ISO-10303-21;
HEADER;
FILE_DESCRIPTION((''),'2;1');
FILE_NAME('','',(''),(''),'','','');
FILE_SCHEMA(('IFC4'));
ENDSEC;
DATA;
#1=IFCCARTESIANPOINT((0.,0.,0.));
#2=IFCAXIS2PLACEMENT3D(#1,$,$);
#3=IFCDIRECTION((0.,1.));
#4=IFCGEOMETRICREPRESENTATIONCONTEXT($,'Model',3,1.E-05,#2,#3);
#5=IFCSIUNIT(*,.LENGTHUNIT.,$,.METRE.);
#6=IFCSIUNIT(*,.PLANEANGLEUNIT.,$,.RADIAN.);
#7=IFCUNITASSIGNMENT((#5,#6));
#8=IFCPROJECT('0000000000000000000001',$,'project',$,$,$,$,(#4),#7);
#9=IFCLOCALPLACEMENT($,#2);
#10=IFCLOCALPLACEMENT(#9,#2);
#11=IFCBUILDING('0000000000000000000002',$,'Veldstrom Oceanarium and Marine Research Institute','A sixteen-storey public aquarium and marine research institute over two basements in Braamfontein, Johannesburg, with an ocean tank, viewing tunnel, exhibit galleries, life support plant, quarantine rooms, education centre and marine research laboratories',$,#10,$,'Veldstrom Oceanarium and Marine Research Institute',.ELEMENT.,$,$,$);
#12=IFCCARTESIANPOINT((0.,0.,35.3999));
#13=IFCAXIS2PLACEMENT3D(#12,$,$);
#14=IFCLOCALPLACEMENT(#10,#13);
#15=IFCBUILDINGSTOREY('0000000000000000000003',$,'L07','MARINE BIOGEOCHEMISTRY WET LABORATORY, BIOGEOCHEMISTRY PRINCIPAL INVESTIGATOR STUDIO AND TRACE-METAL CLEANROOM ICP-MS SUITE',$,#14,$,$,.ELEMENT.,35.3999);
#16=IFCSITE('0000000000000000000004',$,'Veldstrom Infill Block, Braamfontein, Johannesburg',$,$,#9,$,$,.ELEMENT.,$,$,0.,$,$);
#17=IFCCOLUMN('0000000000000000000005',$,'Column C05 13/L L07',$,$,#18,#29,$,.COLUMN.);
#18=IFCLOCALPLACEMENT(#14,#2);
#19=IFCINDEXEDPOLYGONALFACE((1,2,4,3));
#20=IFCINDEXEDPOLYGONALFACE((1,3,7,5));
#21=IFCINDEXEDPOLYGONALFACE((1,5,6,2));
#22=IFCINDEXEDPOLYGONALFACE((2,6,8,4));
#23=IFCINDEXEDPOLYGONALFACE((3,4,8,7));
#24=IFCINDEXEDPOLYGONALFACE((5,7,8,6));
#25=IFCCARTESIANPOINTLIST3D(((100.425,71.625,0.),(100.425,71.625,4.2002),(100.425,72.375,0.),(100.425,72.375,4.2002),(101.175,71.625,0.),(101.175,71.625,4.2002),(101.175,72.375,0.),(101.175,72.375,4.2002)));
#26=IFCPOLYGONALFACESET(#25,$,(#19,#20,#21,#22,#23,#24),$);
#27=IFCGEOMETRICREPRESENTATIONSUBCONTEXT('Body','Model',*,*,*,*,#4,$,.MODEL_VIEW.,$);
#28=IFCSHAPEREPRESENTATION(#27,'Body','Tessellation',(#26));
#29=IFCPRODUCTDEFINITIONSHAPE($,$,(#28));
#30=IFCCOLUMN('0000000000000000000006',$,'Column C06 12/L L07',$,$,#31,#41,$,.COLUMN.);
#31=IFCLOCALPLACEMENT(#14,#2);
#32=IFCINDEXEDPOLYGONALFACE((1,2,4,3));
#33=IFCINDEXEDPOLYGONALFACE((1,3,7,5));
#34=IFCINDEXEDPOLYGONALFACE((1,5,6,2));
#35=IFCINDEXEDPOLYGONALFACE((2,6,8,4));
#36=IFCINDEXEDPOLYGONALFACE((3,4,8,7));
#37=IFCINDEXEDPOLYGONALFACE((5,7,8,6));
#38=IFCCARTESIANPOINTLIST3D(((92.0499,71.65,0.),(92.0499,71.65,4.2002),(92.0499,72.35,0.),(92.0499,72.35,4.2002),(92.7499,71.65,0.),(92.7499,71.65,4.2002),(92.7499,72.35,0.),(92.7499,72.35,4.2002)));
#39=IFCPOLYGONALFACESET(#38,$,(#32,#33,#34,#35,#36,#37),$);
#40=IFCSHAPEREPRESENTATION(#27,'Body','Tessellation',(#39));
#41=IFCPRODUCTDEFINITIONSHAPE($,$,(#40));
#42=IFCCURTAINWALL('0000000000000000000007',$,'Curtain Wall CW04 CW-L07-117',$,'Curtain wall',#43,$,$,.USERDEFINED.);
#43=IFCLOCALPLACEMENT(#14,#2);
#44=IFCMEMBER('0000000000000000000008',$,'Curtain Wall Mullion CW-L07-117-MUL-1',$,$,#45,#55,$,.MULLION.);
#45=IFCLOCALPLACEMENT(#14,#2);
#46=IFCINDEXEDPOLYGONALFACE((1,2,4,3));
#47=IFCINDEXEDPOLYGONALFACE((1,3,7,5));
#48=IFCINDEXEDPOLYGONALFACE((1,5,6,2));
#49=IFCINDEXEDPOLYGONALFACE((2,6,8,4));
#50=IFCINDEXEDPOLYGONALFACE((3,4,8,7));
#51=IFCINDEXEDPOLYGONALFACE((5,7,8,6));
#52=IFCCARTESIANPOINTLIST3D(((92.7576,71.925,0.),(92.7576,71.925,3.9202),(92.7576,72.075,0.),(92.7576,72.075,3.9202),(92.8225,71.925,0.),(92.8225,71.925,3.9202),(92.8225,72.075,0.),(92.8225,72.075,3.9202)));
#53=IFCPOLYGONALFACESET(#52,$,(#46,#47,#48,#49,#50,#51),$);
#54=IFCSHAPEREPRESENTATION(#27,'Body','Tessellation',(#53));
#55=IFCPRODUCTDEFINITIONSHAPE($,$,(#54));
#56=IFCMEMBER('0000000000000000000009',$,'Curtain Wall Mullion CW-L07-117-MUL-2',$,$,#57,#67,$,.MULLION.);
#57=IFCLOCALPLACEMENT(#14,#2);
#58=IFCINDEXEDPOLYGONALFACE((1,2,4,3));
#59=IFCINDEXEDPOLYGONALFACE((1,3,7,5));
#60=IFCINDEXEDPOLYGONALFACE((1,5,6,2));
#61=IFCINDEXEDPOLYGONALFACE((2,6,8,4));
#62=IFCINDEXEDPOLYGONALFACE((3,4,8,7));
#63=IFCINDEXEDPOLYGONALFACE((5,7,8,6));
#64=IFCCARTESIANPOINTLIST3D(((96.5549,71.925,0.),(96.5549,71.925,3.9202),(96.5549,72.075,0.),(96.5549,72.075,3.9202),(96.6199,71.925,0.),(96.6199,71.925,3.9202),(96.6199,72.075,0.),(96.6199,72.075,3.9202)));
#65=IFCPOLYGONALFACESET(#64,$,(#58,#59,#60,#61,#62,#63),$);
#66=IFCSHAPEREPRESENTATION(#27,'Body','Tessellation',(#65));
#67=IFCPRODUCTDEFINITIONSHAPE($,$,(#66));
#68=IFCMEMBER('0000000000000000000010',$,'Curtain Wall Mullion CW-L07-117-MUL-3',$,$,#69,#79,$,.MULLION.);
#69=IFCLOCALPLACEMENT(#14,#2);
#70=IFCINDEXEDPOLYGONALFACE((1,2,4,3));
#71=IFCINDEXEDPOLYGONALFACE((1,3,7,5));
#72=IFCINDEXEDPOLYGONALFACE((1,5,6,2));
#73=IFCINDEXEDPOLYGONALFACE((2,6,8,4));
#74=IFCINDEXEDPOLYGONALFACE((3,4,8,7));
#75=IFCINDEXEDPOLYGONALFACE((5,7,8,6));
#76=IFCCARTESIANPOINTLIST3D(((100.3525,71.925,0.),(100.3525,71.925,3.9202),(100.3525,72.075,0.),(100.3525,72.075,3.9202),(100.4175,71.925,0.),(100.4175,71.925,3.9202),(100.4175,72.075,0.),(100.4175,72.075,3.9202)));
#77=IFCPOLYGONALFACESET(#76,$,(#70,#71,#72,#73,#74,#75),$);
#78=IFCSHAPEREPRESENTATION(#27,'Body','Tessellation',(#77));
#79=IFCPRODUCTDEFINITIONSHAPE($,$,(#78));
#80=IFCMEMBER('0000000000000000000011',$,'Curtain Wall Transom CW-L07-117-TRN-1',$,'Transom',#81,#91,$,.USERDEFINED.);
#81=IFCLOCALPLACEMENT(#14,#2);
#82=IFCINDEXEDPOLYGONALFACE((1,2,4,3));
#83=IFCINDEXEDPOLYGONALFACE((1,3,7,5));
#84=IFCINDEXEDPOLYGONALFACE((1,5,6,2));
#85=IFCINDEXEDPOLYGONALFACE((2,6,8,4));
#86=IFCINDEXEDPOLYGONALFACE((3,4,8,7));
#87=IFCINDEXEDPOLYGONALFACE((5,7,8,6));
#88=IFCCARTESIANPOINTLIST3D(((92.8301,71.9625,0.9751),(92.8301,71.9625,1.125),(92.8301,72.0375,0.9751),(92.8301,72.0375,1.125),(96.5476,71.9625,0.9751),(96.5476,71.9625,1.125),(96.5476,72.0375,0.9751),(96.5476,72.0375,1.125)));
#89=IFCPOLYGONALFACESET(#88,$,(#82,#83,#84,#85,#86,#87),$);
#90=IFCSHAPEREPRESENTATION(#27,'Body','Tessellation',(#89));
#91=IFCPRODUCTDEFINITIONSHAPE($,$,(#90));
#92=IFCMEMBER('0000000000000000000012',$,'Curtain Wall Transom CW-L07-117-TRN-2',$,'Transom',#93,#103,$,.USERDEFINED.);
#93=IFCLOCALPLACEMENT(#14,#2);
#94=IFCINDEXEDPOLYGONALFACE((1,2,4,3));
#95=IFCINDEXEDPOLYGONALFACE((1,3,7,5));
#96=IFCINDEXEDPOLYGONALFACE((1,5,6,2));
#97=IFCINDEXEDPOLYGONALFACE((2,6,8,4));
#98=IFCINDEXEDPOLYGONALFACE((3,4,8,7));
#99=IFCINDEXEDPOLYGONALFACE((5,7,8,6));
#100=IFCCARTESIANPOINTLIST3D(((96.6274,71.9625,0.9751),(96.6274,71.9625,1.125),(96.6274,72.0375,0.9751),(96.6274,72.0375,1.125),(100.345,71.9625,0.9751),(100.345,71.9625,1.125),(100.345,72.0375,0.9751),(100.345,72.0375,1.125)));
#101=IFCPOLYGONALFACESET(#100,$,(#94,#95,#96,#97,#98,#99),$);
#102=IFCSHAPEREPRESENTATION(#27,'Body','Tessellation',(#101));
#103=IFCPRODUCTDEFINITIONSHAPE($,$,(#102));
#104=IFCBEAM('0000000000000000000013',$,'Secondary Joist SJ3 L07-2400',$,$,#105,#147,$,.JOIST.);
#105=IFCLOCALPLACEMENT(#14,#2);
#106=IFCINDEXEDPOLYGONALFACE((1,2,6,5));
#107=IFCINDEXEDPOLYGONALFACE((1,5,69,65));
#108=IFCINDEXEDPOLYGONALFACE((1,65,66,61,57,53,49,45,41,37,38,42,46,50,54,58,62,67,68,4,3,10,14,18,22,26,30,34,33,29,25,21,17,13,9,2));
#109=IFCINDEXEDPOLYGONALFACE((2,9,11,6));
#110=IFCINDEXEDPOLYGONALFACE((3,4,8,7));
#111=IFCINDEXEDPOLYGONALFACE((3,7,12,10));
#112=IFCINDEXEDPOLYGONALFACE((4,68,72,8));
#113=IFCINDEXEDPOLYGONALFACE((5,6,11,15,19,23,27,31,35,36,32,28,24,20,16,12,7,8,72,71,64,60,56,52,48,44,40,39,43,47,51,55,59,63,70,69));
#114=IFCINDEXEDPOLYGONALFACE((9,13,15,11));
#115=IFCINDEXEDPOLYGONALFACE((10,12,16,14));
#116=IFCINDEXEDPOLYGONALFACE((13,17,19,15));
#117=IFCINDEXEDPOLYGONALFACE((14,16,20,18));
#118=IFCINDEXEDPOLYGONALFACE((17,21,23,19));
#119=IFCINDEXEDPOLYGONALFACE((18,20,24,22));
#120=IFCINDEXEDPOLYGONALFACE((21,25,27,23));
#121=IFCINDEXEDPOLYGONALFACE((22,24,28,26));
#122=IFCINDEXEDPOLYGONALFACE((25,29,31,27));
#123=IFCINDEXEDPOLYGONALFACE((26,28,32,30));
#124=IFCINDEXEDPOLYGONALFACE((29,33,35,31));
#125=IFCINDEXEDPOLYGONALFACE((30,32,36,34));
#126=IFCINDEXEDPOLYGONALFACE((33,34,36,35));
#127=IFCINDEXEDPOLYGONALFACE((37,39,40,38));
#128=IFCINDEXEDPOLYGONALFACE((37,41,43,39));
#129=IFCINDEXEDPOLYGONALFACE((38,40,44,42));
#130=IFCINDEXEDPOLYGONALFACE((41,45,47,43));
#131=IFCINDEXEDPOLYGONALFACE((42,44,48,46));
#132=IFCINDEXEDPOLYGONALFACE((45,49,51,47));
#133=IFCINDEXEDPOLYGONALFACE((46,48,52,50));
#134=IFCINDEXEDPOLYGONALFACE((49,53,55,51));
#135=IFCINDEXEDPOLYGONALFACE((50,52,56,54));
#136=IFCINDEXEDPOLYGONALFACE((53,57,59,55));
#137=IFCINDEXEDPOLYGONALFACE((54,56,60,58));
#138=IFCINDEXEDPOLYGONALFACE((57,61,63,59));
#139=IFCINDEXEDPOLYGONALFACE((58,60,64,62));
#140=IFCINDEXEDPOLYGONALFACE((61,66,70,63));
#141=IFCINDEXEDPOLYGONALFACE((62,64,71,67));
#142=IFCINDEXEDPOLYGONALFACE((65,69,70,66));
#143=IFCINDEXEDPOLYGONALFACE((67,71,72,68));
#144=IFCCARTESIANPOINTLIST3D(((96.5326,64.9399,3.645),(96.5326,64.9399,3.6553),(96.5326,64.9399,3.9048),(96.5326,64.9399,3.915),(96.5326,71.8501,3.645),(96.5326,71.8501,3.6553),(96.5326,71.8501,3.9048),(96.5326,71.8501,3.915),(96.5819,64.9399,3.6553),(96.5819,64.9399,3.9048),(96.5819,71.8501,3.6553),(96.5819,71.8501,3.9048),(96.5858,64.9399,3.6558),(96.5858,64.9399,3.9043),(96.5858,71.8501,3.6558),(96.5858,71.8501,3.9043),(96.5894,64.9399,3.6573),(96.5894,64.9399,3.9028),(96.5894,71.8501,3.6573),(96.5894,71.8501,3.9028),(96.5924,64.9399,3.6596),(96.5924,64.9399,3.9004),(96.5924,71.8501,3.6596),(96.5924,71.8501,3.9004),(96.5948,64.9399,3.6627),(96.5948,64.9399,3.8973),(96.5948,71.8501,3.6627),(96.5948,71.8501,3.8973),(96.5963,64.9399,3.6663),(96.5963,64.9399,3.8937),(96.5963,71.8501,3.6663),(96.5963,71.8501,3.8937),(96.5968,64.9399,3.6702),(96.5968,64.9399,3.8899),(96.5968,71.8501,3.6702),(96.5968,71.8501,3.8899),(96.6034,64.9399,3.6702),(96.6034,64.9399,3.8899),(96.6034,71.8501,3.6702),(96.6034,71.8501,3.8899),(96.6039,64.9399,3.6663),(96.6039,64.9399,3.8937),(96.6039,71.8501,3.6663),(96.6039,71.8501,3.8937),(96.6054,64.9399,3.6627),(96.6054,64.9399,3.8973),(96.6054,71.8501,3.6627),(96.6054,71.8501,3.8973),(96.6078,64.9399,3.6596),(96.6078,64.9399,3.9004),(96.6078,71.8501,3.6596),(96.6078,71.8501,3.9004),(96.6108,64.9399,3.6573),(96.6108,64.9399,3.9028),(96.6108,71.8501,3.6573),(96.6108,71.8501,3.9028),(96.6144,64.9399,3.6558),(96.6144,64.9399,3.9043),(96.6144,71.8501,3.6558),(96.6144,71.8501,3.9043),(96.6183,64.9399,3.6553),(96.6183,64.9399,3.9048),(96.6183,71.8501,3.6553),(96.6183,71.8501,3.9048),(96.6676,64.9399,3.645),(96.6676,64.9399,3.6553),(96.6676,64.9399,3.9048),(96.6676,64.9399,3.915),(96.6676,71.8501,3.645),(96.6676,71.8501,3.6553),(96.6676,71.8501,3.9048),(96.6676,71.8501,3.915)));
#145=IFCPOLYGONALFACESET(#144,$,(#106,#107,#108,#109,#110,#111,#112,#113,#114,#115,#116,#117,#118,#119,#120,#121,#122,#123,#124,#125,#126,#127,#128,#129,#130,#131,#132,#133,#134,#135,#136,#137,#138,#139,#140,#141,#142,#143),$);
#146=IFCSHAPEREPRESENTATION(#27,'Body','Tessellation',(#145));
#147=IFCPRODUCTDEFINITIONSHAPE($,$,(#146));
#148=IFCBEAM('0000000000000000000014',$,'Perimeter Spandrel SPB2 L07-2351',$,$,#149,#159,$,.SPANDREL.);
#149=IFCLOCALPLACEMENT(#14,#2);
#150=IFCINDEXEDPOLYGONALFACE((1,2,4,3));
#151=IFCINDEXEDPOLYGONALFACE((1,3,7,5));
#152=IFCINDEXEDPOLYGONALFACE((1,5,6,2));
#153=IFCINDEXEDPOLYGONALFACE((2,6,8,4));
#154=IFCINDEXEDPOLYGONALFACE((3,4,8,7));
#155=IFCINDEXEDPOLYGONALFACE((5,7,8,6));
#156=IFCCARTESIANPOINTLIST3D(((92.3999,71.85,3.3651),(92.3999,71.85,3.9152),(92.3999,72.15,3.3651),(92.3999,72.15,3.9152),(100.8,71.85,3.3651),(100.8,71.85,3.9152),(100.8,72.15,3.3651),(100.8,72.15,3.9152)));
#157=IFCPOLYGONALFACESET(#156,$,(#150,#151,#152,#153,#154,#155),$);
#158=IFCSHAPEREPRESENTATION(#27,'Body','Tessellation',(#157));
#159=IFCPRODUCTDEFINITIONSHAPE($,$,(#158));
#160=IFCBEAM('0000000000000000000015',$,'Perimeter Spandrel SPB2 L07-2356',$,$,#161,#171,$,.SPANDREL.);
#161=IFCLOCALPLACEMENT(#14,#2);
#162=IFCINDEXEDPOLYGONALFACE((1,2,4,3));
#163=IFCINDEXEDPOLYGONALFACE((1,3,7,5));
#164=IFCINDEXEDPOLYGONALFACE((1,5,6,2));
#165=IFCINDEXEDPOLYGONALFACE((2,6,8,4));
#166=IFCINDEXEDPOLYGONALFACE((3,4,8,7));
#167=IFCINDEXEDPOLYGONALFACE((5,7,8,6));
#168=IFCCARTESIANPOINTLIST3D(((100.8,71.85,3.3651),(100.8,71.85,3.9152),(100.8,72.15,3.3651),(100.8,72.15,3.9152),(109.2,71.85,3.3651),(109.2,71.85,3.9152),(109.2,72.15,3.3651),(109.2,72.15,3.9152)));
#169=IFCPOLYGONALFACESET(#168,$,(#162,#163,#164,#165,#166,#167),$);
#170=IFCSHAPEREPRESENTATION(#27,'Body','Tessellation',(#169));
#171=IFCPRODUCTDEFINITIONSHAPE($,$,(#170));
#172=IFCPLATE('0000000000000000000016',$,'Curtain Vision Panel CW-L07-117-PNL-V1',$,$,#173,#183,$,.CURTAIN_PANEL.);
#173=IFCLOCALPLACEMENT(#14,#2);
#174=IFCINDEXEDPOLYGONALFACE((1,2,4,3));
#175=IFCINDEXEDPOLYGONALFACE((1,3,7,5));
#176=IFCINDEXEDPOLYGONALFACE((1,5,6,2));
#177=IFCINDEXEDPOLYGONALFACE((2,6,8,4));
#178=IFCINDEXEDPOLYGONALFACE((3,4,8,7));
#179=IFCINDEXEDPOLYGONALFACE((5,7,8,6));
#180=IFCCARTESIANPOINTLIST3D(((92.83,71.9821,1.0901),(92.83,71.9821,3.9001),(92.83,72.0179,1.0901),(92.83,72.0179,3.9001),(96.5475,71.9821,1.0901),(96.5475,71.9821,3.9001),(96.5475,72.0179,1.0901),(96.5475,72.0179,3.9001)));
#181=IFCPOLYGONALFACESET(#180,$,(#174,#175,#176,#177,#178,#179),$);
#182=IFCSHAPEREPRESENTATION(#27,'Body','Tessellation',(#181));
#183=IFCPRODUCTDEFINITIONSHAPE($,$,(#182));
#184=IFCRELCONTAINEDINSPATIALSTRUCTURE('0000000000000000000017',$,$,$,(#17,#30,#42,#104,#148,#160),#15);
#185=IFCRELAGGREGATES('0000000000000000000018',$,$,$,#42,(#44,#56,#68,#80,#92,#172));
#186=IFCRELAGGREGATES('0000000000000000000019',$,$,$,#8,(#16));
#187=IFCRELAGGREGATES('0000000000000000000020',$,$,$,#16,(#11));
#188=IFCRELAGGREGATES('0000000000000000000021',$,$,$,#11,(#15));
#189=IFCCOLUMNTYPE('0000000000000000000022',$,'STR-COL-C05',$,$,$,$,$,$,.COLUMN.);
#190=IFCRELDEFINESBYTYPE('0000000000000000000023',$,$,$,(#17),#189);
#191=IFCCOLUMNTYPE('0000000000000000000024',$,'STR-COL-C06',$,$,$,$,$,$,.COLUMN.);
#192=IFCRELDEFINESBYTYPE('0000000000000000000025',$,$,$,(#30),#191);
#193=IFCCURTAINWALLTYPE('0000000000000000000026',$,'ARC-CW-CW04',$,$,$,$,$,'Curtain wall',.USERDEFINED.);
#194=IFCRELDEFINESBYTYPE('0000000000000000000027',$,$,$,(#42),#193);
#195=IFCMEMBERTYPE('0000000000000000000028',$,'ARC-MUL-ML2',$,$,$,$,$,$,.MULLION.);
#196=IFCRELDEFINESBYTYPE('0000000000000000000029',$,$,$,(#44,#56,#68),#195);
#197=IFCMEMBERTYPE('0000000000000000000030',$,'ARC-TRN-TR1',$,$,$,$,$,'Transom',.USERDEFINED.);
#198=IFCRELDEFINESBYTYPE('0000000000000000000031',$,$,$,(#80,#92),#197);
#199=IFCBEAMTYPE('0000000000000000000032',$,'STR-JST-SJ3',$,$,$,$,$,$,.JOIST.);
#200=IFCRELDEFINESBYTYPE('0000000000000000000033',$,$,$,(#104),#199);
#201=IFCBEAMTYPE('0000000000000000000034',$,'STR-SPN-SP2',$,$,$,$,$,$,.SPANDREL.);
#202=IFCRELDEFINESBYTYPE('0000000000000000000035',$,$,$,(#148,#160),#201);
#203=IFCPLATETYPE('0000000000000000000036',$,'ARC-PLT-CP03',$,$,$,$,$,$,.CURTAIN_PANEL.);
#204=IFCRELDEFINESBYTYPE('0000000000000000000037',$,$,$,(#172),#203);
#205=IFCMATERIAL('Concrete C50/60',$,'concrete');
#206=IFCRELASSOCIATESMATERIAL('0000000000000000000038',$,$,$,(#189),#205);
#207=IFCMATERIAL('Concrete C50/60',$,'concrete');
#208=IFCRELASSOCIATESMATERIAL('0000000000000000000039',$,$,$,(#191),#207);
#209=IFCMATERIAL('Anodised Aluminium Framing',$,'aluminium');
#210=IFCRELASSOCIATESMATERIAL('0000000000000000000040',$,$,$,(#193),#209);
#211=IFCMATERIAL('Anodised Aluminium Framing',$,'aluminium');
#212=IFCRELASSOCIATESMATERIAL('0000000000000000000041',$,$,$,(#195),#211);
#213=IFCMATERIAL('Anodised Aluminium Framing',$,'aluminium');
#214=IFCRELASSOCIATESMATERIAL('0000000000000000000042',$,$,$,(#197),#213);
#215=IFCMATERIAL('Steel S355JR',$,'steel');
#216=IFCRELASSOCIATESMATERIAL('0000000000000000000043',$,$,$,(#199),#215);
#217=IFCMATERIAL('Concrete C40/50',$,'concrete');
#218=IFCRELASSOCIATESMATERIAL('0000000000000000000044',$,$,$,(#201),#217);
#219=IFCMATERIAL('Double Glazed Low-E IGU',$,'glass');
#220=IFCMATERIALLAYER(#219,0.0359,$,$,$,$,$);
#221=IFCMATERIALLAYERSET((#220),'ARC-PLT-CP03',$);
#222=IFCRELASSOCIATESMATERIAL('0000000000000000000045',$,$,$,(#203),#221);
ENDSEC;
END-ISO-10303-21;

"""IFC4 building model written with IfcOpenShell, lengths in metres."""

from ifc_helpers import new_model, si_unit, direction, frame, origin, origin_2d, place, context, subcontext, project, spatial, rectangle, i_section, extrude, material, layer, layer_set, material_profile, profile_set, type_object, element, aggregate, save


model = new_model("IFC4")

# Units and contexts
model_context = context("Model", 3, precision=1e-05, world=origin(), true_north=direction((0.0, 1.0)))
body_context = subcontext(model_context, "Body", "Model", "MODEL_VIEW")
ifc_project = project(units=[si_unit("LENGTHUNIT", "METRE"), si_unit("PLANEANGLEUNIT", "RADIAN")], contexts=[model_context])

# Site, building, storey
site_placement = place(None, origin())
site = spatial("IfcSite", under=ifc_project, at=site_placement, Name="Veldstrom Infill Block, Braamfontein, Johannesburg", CompositionType="ELEMENT", RefElevation=0.0)
building_placement = place(site_placement, origin())
building = spatial("IfcBuilding", under=site, at=building_placement, Name="Veldstrom Oceanarium and Marine Research Institute", Description="A sixteen-storey public aquarium and marine research institute over two basements in Braamfontein, Johannesburg, with an ocean tank, viewing tunnel, exhibit galleries, life support plant, quarantine rooms, education centre and marine research laboratories", LongName="Veldstrom Oceanarium and Marine Research Institute", CompositionType="ELEMENT")
storey_placement = place(building_placement, frame((0.0, 0.0, 35.3999)))
storey = spatial("IfcBuildingStorey", under=building, at=storey_placement, Name="L07", Description="MARINE BIOGEOCHEMISTRY WET LABORATORY, BIOGEOCHEMISTRY PRINCIPAL INVESTIGATOR STUDIO AND TRACE-METAL CLEANROOM ICP-MS SUITE", CompositionType="ELEMENT", Elevation=35.3999)

# Columns
ifc_material_1 = material(Name="Concrete C50/60", Category="concrete")
ifc_material_profile_1 = material_profile(ifc_material_1, rectangle(XDim=0.75, YDim=0.75, at=origin_2d()), Name="RC-COL-750x750")
ifc_profile_set_1 = profile_set([ifc_material_profile_1], Name="Concrete C50/60")
column_type_1 = type_object("IfcColumnType", Name="STR-COL-C05", PredefinedType="COLUMN", material=ifc_profile_set_1)
column_1_placement = place(storey_placement, frame((100.8, 72.0, 0.0), z_axis=(0.0, 0.0, 1.0), x_axis=(1.0, 0.0, 0.0)))
element("IfcColumn", 1, at=column_1_placement, inside=storey, type_object=column_type_1, Name="Column C05 13/L L07", PredefinedType="COLUMN", context=body_context, shape_type="SweptSolid", body=[
    extrude(rectangle(XDim=0.75, YDim=0.75, at=origin_2d()), origin(), (0.0, 0.0, 1.0), 4.2002),
])
ifc_material_2 = material(Name="Concrete C50/60", Category="concrete")
ifc_material_profile_2 = material_profile(ifc_material_2, rectangle(XDim=0.7, YDim=0.7, at=origin_2d()), Name="RC-COL-700x700")
ifc_profile_set_2 = profile_set([ifc_material_profile_2], Name="Concrete C50/60")
column_type_2 = type_object("IfcColumnType", Name="STR-COL-C06", PredefinedType="COLUMN", material=ifc_profile_set_2)
column_2_placement = place(storey_placement, frame((92.3999, 72.0, 0.0), z_axis=(0.0, 0.0, 1.0), x_axis=(1.0, 0.0, 0.0)))
element("IfcColumn", 2, at=column_2_placement, inside=storey, type_object=column_type_2, Name="Column C06 12/L L07", PredefinedType="COLUMN", context=body_context, shape_type="SweptSolid", body=[
    extrude(rectangle(XDim=0.7, YDim=0.7, at=origin_2d()), origin(), (0.0, 0.0, 1.0), 4.2002),
])

# Curtain wall, members
ifc_material_3 = material(Name="Anodised Aluminium Framing", Category="aluminium")
curtain_wall_type = type_object("IfcCurtainWallType", Name="ARC-CW-CW04", ElementType="Curtain wall", PredefinedType="USERDEFINED", material=ifc_material_3)
curtain_wall_placement = place(storey_placement, origin())
curtain_wall = element("IfcCurtainWall", 3, at=curtain_wall_placement, inside=storey, type_object=curtain_wall_type, Name="Curtain Wall CW04 CW-L07-117", ObjectType="Curtain wall", PredefinedType="USERDEFINED")
ifc_material_4 = material(Name="Anodised Aluminium Framing", Category="aluminium")
ifc_material_profile_3 = material_profile(ifc_material_4, rectangle(XDim=0.0649, YDim=0.1499, at=origin_2d()), Name="ALU-MUL-65x150")
ifc_profile_set_3 = profile_set([ifc_material_profile_3], Name="Anodised Aluminium Framing")
member_type_1 = type_object("IfcMemberType", Name="ARC-MUL-ML2", PredefinedType="MULLION", material=ifc_profile_set_3)
member_1_placement = place(storey_placement, frame((92.79, 72.0, 0.0), z_axis=(0.0, 0.0, 1.0), x_axis=(1.0, 0.0, 0.0)))
member_1 = element("IfcMember", 4, at=member_1_placement, type_object=member_type_1, Name="Curtain Wall Mullion CW-L07-117-MUL-1", PredefinedType="MULLION", context=body_context, shape_type="SweptSolid", body=[
    extrude(rectangle(XDim=0.0649, YDim=0.1499, at=origin_2d()), origin(), (0.0, 0.0, 1.0), 3.9202),
])
member_2_placement = place(storey_placement, frame((96.5874, 72.0, 0.0), z_axis=(0.0, 0.0, 1.0), x_axis=(1.0, 0.0, 0.0)))
member_2 = element("IfcMember", 5, at=member_2_placement, type_object=member_type_1, Name="Curtain Wall Mullion CW-L07-117-MUL-2", PredefinedType="MULLION", context=body_context, shape_type="SweptSolid", body=[
    extrude(rectangle(XDim=0.0649, YDim=0.1499, at=origin_2d()), origin(), (0.0, 0.0, 1.0), 3.9202),
])
member_3_placement = place(storey_placement, frame((100.385, 72.0, 0.0), z_axis=(0.0, 0.0, 1.0), x_axis=(1.0, 0.0, 0.0)))
member_3 = element("IfcMember", 6, at=member_3_placement, type_object=member_type_1, Name="Curtain Wall Mullion CW-L07-117-MUL-3", PredefinedType="MULLION", context=body_context, shape_type="SweptSolid", body=[
    extrude(rectangle(XDim=0.0649, YDim=0.1499, at=origin_2d()), origin(), (0.0, 0.0, 1.0), 3.9202),
])
ifc_material_5 = material(Name="Anodised Aluminium Framing", Category="aluminium")
ifc_material_profile_4 = material_profile(ifc_material_5, rectangle(XDim=0.075, YDim=0.1499, at=origin_2d()), Name="ALU-TRN-75x150")
ifc_profile_set_4 = profile_set([ifc_material_profile_4], Name="Anodised Aluminium Framing")
member_type_2 = type_object("IfcMemberType", Name="ARC-TRN-TR1", ElementType="Transom", PredefinedType="USERDEFINED", material=ifc_profile_set_4)
member_4_placement = place(storey_placement, frame((92.8301, 72.0, 1.05), z_axis=(1.0, 0.0, 0.0), x_axis=(0.0, 1.0, 0.0)))
member_4 = element("IfcMember", 7, at=member_4_placement, type_object=member_type_2, Name="Curtain Wall Transom CW-L07-117-TRN-1", ObjectType="Transom", PredefinedType="USERDEFINED", context=body_context, shape_type="SweptSolid", body=[
    extrude(rectangle(XDim=0.075, YDim=0.1499, at=origin_2d()), origin(), (0.0, 0.0, 1.0), 3.7175),
])
member_5_placement = place(storey_placement, frame((96.6274, 72.0, 1.05), z_axis=(1.0, 0.0, 0.0), x_axis=(0.0, 1.0, 0.0)))
member_5 = element("IfcMember", 8, at=member_5_placement, type_object=member_type_2, Name="Curtain Wall Transom CW-L07-117-TRN-2", ObjectType="Transom", PredefinedType="USERDEFINED", context=body_context, shape_type="SweptSolid", body=[
    extrude(rectangle(XDim=0.075, YDim=0.1499, at=origin_2d()), origin(), (0.0, 0.0, 1.0), 3.7175),
])

# Beams
ifc_material_6 = material(Name="Steel S355JR", Category="steel")
ifc_material_profile_5 = material_profile(ifc_material_6, i_section(OverallWidth=0.135, OverallDepth=0.27, WebThickness=0.0066, FlangeThickness=0.0103, FilletRadius=0.0149, at=origin_2d()), Name="IPE 270")
ifc_profile_set_5 = profile_set([ifc_material_profile_5], Name="Steel S355JR")
beam_type_1 = type_object("IfcBeamType", Name="STR-JST-SJ3", PredefinedType="JOIST", material=ifc_profile_set_5)
beam_1_placement = place(storey_placement, frame((96.6001, 64.9399, 3.78), z_axis=(0.0, 1.0, 0.0), x_axis=(-1.0, 0.0, 0.0)))
element("IfcBeam", 9, at=beam_1_placement, inside=storey, type_object=beam_type_1, Name="Secondary Joist SJ3 L07-2400", PredefinedType="JOIST", context=body_context, shape_type="SweptSolid", body=[
    extrude(i_section(OverallWidth=0.135, OverallDepth=0.27, WebThickness=0.0066, FlangeThickness=0.0103, FilletRadius=0.0149, at=origin_2d()), origin(), (0.0, 0.0, 1.0), 6.9102),
])
ifc_material_7 = material(Name="Concrete C40/50", Category="concrete")
ifc_material_profile_6 = material_profile(ifc_material_7, rectangle(XDim=0.3, YDim=0.55, at=origin_2d()), Name="RC-SPN-300x550")
ifc_profile_set_6 = profile_set([ifc_material_profile_6], Name="Concrete C40/50")
beam_type_2 = type_object("IfcBeamType", Name="STR-SPN-SP2", PredefinedType="SPANDREL", material=ifc_profile_set_6)
beam_2_placement = place(storey_placement, frame((92.3999, 72.0, 3.6401), z_axis=(1.0, 0.0, 0.0), x_axis=(0.0, 1.0, 0.0)))
element("IfcBeam", 10, at=beam_2_placement, inside=storey, type_object=beam_type_2, Name="Perimeter Spandrel SPB2 L07-2351", PredefinedType="SPANDREL", context=body_context, shape_type="SweptSolid", body=[
    extrude(rectangle(XDim=0.3, YDim=0.55, at=origin_2d()), origin(), (0.0, 0.0, 1.0), 8.4001),
])
beam_3_placement = place(storey_placement, frame((100.8, 72.0, 3.6401), z_axis=(1.0, 0.0, 0.0), x_axis=(0.0, 1.0, 0.0)))
element("IfcBeam", 11, at=beam_3_placement, inside=storey, type_object=beam_type_2, Name="Perimeter Spandrel SPB2 L07-2356", PredefinedType="SPANDREL", context=body_context, shape_type="SweptSolid", body=[
    extrude(rectangle(XDim=0.3, YDim=0.55, at=origin_2d()), origin(), (0.0, 0.0, 1.0), 8.3999),
])

# Plate
ifc_material_8 = material(Name="Double Glazed Low-E IGU", Category="glass")
ifc_layer_1 = layer(ifc_material_8, 0.0359)
ifc_layer_set_1 = layer_set([ifc_layer_1], Name="ARC-PLT-CP03")
plate_type_1 = type_object("IfcPlateType", Name="ARC-PLT-CP03", PredefinedType="CURTAIN_PANEL", material=ifc_layer_set_1)
plate_1_placement = place(storey_placement, frame((94.6887, 72.0, 1.0901), z_axis=(0.0, 0.0, 1.0), x_axis=(1.0, 0.0, 0.0)))
plate_1 = element("IfcPlate", 12, at=plate_1_placement, type_object=plate_type_1, Name="Curtain Vision Panel CW-L07-117-PNL-V1", PredefinedType="CURTAIN_PANEL", context=body_context, shape_type="SweptSolid", body=[
    extrude(rectangle(XDim=3.7175, YDim=0.0359, at=origin_2d()), origin(), (0.0, 0.0, 1.0), 2.8101),
])
aggregate(curtain_wall, [member_1, member_2, member_3, member_4, member_5, plate_1])

save(model, "model.ifc")
